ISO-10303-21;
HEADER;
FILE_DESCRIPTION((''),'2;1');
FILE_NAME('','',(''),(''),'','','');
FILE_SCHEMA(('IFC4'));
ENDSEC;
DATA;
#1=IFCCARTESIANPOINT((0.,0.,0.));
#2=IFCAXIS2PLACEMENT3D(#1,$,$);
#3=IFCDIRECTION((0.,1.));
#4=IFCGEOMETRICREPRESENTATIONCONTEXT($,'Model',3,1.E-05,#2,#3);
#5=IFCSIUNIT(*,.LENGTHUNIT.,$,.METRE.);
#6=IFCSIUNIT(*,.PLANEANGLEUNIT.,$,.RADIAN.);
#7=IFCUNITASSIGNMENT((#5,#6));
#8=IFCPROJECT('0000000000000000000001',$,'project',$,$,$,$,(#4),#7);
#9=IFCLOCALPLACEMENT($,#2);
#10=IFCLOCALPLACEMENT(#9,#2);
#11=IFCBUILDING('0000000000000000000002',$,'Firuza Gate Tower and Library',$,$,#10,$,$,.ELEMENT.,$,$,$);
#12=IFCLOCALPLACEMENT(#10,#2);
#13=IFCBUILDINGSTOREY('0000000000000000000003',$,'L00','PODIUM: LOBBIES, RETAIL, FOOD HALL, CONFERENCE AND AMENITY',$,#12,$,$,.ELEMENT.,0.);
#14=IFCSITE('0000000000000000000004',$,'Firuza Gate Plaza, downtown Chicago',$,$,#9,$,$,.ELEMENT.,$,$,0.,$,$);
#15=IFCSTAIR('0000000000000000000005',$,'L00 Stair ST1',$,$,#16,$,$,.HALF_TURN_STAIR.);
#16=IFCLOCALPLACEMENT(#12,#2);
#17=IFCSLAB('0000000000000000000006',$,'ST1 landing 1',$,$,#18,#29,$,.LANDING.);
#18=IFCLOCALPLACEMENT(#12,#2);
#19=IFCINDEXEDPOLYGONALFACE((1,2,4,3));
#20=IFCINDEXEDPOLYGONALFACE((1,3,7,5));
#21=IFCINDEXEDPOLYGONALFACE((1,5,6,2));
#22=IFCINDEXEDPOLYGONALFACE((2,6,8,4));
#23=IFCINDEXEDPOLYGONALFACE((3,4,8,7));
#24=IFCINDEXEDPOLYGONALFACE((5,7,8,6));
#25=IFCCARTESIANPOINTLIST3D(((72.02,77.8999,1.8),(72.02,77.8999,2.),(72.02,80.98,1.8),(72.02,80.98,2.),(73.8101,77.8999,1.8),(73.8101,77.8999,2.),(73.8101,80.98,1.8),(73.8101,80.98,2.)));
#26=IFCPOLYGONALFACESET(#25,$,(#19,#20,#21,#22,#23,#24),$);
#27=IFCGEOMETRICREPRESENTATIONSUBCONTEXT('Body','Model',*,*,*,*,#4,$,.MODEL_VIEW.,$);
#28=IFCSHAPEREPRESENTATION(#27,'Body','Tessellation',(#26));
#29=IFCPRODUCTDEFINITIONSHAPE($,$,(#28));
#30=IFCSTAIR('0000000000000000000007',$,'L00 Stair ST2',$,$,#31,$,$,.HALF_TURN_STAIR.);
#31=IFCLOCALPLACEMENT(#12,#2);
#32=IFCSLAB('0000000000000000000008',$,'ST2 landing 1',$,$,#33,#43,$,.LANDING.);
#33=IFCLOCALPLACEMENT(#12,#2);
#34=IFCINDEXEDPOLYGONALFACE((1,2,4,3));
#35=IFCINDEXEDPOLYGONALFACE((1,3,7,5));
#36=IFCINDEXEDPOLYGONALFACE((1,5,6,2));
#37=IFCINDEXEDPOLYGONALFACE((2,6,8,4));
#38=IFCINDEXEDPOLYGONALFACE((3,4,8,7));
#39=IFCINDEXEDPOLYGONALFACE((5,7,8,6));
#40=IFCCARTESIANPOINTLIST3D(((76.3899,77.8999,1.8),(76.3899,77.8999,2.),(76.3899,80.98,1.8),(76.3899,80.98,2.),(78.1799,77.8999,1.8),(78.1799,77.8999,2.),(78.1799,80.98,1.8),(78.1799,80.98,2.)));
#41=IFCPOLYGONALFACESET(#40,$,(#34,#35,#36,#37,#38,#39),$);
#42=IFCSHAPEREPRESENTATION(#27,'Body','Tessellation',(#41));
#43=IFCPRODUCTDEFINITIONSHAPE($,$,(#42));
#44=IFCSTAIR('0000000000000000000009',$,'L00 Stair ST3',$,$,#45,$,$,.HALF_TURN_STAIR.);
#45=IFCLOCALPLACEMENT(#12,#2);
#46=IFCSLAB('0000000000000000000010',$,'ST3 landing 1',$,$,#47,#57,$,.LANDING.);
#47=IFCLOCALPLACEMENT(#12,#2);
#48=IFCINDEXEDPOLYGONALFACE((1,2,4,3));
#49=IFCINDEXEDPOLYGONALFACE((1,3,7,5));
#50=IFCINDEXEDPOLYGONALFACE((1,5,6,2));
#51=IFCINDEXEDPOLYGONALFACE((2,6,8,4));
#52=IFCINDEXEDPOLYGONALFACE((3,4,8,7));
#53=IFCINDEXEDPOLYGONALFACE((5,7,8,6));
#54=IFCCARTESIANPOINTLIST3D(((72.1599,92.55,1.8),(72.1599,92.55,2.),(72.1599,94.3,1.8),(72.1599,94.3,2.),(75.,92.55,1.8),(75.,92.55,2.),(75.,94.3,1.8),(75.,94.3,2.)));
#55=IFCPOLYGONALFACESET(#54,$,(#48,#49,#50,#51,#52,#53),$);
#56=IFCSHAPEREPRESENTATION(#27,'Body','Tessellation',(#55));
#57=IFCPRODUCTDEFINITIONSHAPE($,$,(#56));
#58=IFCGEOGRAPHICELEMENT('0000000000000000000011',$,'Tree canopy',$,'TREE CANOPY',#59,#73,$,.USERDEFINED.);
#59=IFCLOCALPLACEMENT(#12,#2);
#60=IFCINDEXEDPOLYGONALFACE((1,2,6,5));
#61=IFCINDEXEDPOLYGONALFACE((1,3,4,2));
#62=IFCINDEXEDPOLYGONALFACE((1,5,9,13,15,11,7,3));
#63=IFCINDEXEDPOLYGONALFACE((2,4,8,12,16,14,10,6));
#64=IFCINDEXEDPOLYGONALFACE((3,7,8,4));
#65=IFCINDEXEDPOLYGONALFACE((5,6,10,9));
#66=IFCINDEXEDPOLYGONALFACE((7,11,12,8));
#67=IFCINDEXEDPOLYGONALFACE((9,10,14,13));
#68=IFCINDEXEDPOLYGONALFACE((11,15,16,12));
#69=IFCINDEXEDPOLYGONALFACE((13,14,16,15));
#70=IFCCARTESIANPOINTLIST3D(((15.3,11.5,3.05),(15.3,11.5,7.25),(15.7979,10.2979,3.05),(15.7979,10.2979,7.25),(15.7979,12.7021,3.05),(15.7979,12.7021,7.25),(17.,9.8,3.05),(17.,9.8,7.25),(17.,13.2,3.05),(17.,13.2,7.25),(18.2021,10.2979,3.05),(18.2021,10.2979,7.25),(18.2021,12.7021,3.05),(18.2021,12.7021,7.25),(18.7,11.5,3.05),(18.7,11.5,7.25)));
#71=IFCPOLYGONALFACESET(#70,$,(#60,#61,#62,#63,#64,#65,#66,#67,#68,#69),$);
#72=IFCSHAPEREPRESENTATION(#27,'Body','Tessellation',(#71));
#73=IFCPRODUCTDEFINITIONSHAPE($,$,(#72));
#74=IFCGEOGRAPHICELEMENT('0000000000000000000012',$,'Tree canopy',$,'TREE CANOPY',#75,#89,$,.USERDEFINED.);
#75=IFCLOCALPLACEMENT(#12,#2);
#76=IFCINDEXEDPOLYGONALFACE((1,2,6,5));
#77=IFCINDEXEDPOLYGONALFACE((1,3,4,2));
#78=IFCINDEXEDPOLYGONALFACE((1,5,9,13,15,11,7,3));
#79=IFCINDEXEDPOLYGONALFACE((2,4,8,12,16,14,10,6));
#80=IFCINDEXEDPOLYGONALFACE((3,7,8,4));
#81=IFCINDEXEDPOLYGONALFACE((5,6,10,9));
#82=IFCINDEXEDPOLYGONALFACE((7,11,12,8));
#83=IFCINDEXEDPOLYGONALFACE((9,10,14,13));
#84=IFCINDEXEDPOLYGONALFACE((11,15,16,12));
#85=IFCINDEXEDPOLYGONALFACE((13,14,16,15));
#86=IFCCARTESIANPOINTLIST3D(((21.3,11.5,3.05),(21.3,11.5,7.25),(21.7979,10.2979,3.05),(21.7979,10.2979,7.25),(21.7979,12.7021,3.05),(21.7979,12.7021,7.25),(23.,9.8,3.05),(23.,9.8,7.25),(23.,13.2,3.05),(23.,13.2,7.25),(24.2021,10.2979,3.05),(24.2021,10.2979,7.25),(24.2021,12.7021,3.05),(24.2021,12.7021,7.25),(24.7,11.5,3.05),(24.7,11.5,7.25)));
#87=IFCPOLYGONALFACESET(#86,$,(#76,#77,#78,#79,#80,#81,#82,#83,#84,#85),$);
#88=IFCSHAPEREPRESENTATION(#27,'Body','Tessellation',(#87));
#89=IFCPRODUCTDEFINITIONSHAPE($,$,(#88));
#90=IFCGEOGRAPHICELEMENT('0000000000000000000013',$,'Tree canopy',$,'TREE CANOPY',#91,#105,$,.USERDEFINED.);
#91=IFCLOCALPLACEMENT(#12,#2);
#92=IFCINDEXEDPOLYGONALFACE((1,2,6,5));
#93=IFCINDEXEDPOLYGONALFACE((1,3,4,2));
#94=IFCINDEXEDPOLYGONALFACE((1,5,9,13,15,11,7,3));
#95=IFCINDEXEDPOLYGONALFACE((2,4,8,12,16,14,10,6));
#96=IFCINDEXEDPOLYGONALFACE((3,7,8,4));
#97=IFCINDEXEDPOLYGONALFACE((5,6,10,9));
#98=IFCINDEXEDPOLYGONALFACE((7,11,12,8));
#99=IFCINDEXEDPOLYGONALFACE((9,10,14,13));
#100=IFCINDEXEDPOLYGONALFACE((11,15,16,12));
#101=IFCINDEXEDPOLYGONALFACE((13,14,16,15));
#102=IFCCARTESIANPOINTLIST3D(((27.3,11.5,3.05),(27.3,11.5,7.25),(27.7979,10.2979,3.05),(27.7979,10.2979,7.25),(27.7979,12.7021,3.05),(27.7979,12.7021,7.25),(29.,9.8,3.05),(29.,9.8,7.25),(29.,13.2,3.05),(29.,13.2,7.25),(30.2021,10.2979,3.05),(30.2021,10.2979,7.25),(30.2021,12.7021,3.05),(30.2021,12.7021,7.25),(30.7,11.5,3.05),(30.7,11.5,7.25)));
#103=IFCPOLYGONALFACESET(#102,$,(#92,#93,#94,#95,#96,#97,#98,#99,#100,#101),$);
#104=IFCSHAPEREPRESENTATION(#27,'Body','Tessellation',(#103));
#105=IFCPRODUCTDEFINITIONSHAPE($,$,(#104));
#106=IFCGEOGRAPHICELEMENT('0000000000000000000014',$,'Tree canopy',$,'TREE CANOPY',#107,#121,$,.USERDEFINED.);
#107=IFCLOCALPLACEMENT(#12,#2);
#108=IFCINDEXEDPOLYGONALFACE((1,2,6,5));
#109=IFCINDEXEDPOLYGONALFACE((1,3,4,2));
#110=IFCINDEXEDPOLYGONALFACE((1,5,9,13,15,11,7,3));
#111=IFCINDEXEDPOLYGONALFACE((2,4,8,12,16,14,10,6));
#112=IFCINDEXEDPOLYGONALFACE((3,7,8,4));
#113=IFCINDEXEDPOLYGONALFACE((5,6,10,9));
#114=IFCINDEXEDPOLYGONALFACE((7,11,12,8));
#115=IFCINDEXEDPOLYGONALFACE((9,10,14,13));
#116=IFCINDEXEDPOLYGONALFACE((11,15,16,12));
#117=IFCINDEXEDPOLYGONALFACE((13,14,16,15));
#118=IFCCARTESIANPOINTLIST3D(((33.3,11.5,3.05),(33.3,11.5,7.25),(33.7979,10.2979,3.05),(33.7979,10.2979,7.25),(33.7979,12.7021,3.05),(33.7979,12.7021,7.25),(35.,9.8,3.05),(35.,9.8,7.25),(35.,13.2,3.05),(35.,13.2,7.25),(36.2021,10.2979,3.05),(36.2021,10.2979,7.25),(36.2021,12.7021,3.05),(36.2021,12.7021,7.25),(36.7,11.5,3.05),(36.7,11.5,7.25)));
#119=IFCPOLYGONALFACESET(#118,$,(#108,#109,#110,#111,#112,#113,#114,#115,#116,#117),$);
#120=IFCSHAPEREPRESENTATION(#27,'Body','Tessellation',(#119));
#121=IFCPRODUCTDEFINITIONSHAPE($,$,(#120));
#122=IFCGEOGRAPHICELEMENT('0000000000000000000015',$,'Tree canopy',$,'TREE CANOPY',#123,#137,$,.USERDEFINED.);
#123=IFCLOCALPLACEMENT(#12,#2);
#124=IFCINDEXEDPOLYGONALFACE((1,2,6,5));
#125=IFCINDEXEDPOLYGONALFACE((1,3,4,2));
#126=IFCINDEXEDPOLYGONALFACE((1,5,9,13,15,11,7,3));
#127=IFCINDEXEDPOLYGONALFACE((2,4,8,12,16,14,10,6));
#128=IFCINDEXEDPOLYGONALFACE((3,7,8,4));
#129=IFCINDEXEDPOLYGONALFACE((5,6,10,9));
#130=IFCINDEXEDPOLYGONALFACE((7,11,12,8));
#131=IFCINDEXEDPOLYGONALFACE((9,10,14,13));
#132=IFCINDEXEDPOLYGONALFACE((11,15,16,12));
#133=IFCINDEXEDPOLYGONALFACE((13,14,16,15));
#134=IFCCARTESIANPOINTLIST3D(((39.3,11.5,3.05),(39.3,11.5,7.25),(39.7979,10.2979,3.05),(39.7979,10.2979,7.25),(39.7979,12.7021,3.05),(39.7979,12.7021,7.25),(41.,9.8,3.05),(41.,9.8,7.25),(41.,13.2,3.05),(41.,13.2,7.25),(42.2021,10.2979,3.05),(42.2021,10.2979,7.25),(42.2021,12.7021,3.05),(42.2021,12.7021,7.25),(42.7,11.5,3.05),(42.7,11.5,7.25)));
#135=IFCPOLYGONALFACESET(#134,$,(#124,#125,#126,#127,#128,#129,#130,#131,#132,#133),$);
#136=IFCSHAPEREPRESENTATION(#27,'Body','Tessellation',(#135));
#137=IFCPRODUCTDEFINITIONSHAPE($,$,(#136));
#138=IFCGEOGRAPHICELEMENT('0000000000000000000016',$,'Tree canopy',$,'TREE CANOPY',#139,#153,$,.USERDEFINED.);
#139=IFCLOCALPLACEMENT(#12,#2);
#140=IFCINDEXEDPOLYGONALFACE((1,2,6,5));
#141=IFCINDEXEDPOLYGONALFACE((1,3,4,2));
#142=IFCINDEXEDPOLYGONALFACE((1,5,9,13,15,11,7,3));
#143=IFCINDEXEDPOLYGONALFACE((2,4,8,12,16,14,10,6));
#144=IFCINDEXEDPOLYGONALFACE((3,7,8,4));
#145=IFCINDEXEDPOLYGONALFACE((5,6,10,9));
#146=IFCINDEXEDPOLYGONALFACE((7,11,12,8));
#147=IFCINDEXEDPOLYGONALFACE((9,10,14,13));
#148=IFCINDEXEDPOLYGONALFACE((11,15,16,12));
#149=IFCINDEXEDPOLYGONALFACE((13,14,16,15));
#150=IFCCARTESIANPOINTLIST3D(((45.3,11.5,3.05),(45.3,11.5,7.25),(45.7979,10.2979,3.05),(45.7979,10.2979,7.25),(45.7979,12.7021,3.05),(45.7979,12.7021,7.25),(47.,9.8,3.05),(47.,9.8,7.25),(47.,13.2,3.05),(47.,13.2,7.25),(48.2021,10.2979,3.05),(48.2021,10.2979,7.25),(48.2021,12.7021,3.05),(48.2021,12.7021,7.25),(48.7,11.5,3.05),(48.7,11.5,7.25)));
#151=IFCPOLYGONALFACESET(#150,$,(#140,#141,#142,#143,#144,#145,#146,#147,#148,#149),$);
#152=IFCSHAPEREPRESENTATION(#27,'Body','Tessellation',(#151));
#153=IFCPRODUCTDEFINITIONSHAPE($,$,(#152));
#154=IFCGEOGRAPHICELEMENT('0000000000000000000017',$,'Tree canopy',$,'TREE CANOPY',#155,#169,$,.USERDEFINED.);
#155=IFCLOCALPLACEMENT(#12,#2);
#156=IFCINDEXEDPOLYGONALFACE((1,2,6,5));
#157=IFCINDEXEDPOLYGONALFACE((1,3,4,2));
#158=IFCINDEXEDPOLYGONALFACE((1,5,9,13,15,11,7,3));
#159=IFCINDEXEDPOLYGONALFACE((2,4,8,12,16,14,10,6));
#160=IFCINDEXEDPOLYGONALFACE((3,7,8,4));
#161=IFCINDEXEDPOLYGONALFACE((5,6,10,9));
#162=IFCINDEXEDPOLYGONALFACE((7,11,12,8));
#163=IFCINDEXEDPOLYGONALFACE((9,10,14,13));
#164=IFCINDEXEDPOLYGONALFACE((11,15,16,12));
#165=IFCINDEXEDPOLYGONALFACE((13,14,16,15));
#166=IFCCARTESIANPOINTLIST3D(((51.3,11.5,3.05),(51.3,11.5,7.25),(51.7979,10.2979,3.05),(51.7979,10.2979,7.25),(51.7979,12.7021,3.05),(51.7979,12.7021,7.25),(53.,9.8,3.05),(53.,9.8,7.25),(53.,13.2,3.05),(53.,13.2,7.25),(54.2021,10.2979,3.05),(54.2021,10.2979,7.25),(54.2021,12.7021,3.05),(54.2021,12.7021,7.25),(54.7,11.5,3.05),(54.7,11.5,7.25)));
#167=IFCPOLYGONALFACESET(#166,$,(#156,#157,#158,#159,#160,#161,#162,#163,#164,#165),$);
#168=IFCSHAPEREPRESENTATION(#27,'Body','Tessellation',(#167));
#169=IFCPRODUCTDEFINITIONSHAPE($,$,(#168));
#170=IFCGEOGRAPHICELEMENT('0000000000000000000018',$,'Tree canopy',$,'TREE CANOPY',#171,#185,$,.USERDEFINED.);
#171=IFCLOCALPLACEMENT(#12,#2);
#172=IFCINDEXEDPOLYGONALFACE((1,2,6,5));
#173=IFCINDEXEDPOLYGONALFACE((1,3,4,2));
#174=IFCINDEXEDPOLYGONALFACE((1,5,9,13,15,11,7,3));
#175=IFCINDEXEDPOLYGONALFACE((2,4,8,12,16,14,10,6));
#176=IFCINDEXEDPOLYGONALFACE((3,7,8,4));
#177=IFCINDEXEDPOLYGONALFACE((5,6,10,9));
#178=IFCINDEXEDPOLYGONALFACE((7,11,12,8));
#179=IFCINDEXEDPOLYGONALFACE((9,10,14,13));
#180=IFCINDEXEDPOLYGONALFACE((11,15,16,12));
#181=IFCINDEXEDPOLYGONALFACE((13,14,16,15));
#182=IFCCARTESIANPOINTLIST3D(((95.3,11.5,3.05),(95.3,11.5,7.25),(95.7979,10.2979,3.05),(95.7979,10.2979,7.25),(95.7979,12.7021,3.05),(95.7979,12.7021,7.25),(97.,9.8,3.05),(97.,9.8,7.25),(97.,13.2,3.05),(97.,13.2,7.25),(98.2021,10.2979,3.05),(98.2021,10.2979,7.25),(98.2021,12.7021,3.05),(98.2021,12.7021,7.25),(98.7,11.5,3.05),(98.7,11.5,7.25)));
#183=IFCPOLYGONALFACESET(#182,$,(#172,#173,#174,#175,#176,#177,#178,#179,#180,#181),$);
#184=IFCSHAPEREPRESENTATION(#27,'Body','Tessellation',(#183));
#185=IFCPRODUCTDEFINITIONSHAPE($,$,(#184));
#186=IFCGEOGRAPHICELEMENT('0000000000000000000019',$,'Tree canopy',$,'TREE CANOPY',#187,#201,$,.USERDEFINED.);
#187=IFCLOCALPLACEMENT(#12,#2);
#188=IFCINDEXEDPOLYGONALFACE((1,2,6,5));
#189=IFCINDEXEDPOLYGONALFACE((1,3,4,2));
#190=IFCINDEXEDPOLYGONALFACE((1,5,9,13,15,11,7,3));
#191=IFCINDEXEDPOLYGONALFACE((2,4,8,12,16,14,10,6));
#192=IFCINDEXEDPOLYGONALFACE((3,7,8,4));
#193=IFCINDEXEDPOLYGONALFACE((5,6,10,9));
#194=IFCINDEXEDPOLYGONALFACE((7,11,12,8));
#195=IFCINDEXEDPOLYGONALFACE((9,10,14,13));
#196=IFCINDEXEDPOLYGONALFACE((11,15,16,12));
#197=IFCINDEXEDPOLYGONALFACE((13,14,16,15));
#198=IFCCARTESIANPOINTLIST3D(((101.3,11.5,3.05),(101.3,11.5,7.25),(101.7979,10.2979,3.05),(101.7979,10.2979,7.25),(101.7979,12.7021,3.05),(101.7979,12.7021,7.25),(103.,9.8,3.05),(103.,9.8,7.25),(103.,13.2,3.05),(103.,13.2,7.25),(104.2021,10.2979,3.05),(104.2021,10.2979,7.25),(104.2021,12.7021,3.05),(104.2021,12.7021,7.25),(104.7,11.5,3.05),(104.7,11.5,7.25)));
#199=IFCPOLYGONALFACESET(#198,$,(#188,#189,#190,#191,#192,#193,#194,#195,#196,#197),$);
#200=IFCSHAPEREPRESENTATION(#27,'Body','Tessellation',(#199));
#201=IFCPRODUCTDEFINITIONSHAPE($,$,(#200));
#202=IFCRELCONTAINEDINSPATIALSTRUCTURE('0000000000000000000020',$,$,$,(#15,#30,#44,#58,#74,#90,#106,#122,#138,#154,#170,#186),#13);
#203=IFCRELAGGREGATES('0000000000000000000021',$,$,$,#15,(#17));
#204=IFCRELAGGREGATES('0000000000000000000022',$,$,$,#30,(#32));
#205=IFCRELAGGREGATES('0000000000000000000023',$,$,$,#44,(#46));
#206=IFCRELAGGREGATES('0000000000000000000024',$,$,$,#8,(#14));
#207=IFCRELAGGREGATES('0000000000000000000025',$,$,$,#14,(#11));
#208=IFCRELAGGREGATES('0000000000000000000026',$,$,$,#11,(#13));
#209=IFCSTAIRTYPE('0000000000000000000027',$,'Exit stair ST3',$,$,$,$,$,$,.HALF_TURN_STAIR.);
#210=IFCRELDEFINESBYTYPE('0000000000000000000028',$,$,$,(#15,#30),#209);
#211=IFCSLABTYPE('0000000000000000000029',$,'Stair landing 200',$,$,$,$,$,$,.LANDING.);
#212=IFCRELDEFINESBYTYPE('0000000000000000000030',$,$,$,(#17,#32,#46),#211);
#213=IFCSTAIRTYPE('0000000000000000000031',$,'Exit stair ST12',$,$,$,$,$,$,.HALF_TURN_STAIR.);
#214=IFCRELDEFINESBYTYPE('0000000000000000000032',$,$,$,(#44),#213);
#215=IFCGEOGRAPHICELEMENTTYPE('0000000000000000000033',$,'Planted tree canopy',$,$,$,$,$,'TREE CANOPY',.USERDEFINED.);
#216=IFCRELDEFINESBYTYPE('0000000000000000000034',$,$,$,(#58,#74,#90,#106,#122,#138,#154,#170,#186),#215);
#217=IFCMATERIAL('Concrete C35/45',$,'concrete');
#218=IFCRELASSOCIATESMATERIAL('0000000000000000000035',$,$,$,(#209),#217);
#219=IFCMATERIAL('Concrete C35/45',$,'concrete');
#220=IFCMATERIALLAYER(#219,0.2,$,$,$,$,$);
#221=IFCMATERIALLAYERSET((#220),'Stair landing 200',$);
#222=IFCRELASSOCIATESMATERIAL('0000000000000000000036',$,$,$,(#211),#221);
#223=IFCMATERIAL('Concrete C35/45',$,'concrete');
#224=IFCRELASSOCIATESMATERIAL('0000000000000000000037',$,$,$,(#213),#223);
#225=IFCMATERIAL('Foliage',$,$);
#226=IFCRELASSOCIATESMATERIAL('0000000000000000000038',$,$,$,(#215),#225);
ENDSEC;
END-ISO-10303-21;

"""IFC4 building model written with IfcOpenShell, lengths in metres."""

from ifc_helpers import new_model, si_unit, direction, frame, origin, place, context, subcontext, project, spatial, polyline, outline, extrude, material, layer, layer_set, type_object, element, aggregate, save


model = new_model("IFC4")

# Units and contexts
model_context = context("Model", 3, precision=1e-05, world=origin(), true_north=direction((0.0, 1.0)))
body_context = subcontext(model_context, "Body", "Model", "MODEL_VIEW")
ifc_project = project(units=[si_unit("LENGTHUNIT", "METRE"), si_unit("PLANEANGLEUNIT", "RADIAN")], contexts=[model_context])

# Site, building, storey
site_placement = place(None, origin())
site = spatial("IfcSite", under=ifc_project, at=site_placement, Name="Firuza Gate Plaza, downtown Chicago", CompositionType="ELEMENT", RefElevation=0.0)
building_placement = place(site_placement, origin())
building = spatial("IfcBuilding", under=site, at=building_placement, Name="Firuza Gate Tower and Library", CompositionType="ELEMENT")
storey_placement = place(building_placement, origin())
storey = spatial("IfcBuildingStorey", under=building, at=storey_placement, Name="L00", Description="PODIUM: LOBBIES, RETAIL, FOOD HALL, CONFERENCE AND AMENITY", CompositionType="ELEMENT", Elevation=0.0)

# Stairs, slabs
ifc_material_1 = material(Name="Concrete C35/45", Category="concrete")
stair_type_1 = type_object("IfcStairType", Name="Exit stair ST3", PredefinedType="HALF_TURN_STAIR", material=ifc_material_1)
placement_1 = place(storey_placement, origin())
stair_1 = element("IfcStair", 1, at=placement_1, inside=storey, type_object=stair_type_1, Name="L00 Stair ST1", PredefinedType="HALF_TURN_STAIR")
ifc_material_2 = material(Name="Concrete C35/45", Category="concrete")
ifc_layer_1 = layer(ifc_material_2, 0.2)
ifc_layer_set_1 = layer_set([ifc_layer_1], Name="Stair landing 200")
slab_type = type_object("IfcSlabType", Name="Stair landing 200", PredefinedType="LANDING", material=ifc_layer_set_1)
placement_2 = place(storey_placement, frame((0.0, 0.0, 1.8)))
slab_1 = element("IfcSlab", 2, at=placement_2, type_object=slab_type, Name="ST1 landing 1", PredefinedType="LANDING", context=body_context, shape_type="SweptSolid", body=[
    extrude(outline(polyline([(72.02, 77.8999), (73.8101, 77.8999), (73.8101, 80.98), (72.02, 80.98), (72.02, 77.8999)])), origin(), (0.0, 0.0, 1.0), 0.2),
])
aggregate(stair_1, [slab_1])
stair_2 = element("IfcStair", 3, at=placement_1, inside=storey, type_object=stair_type_1, Name="L00 Stair ST2", PredefinedType="HALF_TURN_STAIR")
slab_2 = element("IfcSlab", 4, at=placement_2, type_object=slab_type, Name="ST2 landing 1", PredefinedType="LANDING", context=body_context, shape_type="SweptSolid", body=[
    extrude(outline(polyline([(78.1799, 80.98), (76.3899, 80.98), (76.3899, 77.8999), (78.1799, 77.8999), (78.1799, 80.98)])), origin(), (0.0, 0.0, 1.0), 0.2),
])
aggregate(stair_2, [slab_2])
ifc_material_3 = material(Name="Concrete C35/45", Category="concrete")
stair_type_2 = type_object("IfcStairType", Name="Exit stair ST12", PredefinedType="HALF_TURN_STAIR", material=ifc_material_3)
stair_3 = element("IfcStair", 5, at=placement_1, inside=storey, type_object=stair_type_2, Name="L00 Stair ST3", PredefinedType="HALF_TURN_STAIR")
slab_3 = element("IfcSlab", 6, at=placement_2, type_object=slab_type, Name="ST3 landing 1", PredefinedType="LANDING", context=body_context, shape_type="SweptSolid", body=[
    extrude(outline(polyline([(75.0, 92.55), (75.0, 94.3), (72.1599, 94.3), (72.1599, 92.55), (75.0, 92.55)])), origin(), (0.0, 0.0, 1.0), 0.2),
])
aggregate(stair_3, [slab_3])

# Geographic elements
ifc_material_4 = material(Name="Foliage")
geographic_element_type_1 = type_object("IfcGeographicElementType", Name="Planted tree canopy", ElementType="TREE CANOPY", PredefinedType="USERDEFINED", material=ifc_material_4)
placement_3 = place(storey_placement, frame((0.0, 0.0, 3.05)))
element("IfcGeographicElement", 7, at=placement_3, inside=storey, type_object=geographic_element_type_1, Name="Tree canopy", ObjectType="TREE CANOPY", PredefinedType="USERDEFINED", context=body_context, shape_type="SweptSolid", body=[
    extrude(outline(polyline([(18.7, 11.5), (18.2021, 12.7021), (17.0, 13.2), (15.7979, 12.7021), (15.3, 11.5), (15.7979, 10.2979), (17.0, 9.8), (18.2021, 10.2979), (18.7, 11.5)])), origin(), (0.0, 0.0, 1.0), 4.2),
])
element("IfcGeographicElement", 8, at=placement_3, inside=storey, type_object=geographic_element_type_1, Name="Tree canopy", ObjectType="TREE CANOPY", PredefinedType="USERDEFINED", context=body_context, shape_type="SweptSolid", body=[
    extrude(outline(polyline([(24.7, 11.5), (24.2021, 12.7021), (23.0, 13.2), (21.7979, 12.7021), (21.3, 11.5), (21.7979, 10.2979), (23.0, 9.8), (24.2021, 10.2979), (24.7, 11.5)])), origin(), (0.0, 0.0, 1.0), 4.2),
])
element("IfcGeographicElement", 9, at=placement_3, inside=storey, type_object=geographic_element_type_1, Name="Tree canopy", ObjectType="TREE CANOPY", PredefinedType="USERDEFINED", context=body_context, shape_type="SweptSolid", body=[
    extrude(outline(polyline([(30.7, 11.5), (30.2021, 12.7021), (29.0, 13.2), (27.7979, 12.7021), (27.3, 11.5), (27.7979, 10.2979), (29.0, 9.8), (30.2021, 10.2979), (30.7, 11.5)])), origin(), (0.0, 0.0, 1.0), 4.2),
])
element("IfcGeographicElement", 10, at=placement_3, inside=storey, type_object=geographic_element_type_1, Name="Tree canopy", ObjectType="TREE CANOPY", PredefinedType="USERDEFINED", context=body_context, shape_type="SweptSolid", body=[
    extrude(outline(polyline([(36.7, 11.5), (36.2021, 12.7021), (35.0, 13.2), (33.7979, 12.7021), (33.3, 11.5), (33.7979, 10.2979), (35.0, 9.8), (36.2021, 10.2979), (36.7, 11.5)])), origin(), (0.0, 0.0, 1.0), 4.2),
])
element("IfcGeographicElement", 11, at=placement_3, inside=storey, type_object=geographic_element_type_1, Name="Tree canopy", ObjectType="TREE CANOPY", PredefinedType="USERDEFINED", context=body_context, shape_type="SweptSolid", body=[
    extrude(outline(polyline([(42.7, 11.5), (42.2021, 12.7021), (41.0, 13.2), (39.7979, 12.7021), (39.3, 11.5), (39.7979, 10.2979), (41.0, 9.8), (42.2021, 10.2979), (42.7, 11.5)])), origin(), (0.0, 0.0, 1.0), 4.2),
])
element("IfcGeographicElement", 12, at=placement_3, inside=storey, type_object=geographic_element_type_1, Name="Tree canopy", ObjectType="TREE CANOPY", PredefinedType="USERDEFINED", context=body_context, shape_type="SweptSolid", body=[
    extrude(outline(polyline([(48.7, 11.5), (48.2021, 12.7021), (47.0, 13.2), (45.7979, 12.7021), (45.3, 11.5), (45.7979, 10.2979), (47.0, 9.8), (48.2021, 10.2979), (48.7, 11.5)])), origin(), (0.0, 0.0, 1.0), 4.2),
])
element("IfcGeographicElement", 13, at=placement_3, inside=storey, type_object=geographic_element_type_1, Name="Tree canopy", ObjectType="TREE CANOPY", PredefinedType="USERDEFINED", context=body_context, shape_type="SweptSolid", body=[
    extrude(outline(polyline([(54.7, 11.5), (54.2021, 12.7021), (53.0, 13.2), (51.7979, 12.7021), (51.3, 11.5), (51.7979, 10.2979), (53.0, 9.8), (54.2021, 10.2979), (54.7, 11.5)])), origin(), (0.0, 0.0, 1.0), 4.2),
])
element("IfcGeographicElement", 14, at=placement_3, inside=storey, type_object=geographic_element_type_1, Name="Tree canopy", ObjectType="TREE CANOPY", PredefinedType="USERDEFINED", context=body_context, shape_type="SweptSolid", body=[
    extrude(outline(polyline([(98.7, 11.5), (98.2021, 12.7021), (97.0, 13.2), (95.7979, 12.7021), (95.3, 11.5), (95.7979, 10.2979), (97.0, 9.8), (98.2021, 10.2979), (98.7, 11.5)])), origin(), (0.0, 0.0, 1.0), 4.2),
])
element("IfcGeographicElement", 15, at=placement_3, inside=storey, type_object=geographic_element_type_1, Name="Tree canopy", ObjectType="TREE CANOPY", PredefinedType="USERDEFINED", context=body_context, shape_type="SweptSolid", body=[
    extrude(outline(polyline([(104.7, 11.5), (104.2021, 12.7021), (103.0, 13.2), (101.7979, 12.7021), (101.3, 11.5), (101.7979, 10.2979), (103.0, 9.8), (104.2021, 10.2979), (104.7, 11.5)])), origin(), (0.0, 0.0, 1.0), 4.2),
])

save(model, "model.ifc")
